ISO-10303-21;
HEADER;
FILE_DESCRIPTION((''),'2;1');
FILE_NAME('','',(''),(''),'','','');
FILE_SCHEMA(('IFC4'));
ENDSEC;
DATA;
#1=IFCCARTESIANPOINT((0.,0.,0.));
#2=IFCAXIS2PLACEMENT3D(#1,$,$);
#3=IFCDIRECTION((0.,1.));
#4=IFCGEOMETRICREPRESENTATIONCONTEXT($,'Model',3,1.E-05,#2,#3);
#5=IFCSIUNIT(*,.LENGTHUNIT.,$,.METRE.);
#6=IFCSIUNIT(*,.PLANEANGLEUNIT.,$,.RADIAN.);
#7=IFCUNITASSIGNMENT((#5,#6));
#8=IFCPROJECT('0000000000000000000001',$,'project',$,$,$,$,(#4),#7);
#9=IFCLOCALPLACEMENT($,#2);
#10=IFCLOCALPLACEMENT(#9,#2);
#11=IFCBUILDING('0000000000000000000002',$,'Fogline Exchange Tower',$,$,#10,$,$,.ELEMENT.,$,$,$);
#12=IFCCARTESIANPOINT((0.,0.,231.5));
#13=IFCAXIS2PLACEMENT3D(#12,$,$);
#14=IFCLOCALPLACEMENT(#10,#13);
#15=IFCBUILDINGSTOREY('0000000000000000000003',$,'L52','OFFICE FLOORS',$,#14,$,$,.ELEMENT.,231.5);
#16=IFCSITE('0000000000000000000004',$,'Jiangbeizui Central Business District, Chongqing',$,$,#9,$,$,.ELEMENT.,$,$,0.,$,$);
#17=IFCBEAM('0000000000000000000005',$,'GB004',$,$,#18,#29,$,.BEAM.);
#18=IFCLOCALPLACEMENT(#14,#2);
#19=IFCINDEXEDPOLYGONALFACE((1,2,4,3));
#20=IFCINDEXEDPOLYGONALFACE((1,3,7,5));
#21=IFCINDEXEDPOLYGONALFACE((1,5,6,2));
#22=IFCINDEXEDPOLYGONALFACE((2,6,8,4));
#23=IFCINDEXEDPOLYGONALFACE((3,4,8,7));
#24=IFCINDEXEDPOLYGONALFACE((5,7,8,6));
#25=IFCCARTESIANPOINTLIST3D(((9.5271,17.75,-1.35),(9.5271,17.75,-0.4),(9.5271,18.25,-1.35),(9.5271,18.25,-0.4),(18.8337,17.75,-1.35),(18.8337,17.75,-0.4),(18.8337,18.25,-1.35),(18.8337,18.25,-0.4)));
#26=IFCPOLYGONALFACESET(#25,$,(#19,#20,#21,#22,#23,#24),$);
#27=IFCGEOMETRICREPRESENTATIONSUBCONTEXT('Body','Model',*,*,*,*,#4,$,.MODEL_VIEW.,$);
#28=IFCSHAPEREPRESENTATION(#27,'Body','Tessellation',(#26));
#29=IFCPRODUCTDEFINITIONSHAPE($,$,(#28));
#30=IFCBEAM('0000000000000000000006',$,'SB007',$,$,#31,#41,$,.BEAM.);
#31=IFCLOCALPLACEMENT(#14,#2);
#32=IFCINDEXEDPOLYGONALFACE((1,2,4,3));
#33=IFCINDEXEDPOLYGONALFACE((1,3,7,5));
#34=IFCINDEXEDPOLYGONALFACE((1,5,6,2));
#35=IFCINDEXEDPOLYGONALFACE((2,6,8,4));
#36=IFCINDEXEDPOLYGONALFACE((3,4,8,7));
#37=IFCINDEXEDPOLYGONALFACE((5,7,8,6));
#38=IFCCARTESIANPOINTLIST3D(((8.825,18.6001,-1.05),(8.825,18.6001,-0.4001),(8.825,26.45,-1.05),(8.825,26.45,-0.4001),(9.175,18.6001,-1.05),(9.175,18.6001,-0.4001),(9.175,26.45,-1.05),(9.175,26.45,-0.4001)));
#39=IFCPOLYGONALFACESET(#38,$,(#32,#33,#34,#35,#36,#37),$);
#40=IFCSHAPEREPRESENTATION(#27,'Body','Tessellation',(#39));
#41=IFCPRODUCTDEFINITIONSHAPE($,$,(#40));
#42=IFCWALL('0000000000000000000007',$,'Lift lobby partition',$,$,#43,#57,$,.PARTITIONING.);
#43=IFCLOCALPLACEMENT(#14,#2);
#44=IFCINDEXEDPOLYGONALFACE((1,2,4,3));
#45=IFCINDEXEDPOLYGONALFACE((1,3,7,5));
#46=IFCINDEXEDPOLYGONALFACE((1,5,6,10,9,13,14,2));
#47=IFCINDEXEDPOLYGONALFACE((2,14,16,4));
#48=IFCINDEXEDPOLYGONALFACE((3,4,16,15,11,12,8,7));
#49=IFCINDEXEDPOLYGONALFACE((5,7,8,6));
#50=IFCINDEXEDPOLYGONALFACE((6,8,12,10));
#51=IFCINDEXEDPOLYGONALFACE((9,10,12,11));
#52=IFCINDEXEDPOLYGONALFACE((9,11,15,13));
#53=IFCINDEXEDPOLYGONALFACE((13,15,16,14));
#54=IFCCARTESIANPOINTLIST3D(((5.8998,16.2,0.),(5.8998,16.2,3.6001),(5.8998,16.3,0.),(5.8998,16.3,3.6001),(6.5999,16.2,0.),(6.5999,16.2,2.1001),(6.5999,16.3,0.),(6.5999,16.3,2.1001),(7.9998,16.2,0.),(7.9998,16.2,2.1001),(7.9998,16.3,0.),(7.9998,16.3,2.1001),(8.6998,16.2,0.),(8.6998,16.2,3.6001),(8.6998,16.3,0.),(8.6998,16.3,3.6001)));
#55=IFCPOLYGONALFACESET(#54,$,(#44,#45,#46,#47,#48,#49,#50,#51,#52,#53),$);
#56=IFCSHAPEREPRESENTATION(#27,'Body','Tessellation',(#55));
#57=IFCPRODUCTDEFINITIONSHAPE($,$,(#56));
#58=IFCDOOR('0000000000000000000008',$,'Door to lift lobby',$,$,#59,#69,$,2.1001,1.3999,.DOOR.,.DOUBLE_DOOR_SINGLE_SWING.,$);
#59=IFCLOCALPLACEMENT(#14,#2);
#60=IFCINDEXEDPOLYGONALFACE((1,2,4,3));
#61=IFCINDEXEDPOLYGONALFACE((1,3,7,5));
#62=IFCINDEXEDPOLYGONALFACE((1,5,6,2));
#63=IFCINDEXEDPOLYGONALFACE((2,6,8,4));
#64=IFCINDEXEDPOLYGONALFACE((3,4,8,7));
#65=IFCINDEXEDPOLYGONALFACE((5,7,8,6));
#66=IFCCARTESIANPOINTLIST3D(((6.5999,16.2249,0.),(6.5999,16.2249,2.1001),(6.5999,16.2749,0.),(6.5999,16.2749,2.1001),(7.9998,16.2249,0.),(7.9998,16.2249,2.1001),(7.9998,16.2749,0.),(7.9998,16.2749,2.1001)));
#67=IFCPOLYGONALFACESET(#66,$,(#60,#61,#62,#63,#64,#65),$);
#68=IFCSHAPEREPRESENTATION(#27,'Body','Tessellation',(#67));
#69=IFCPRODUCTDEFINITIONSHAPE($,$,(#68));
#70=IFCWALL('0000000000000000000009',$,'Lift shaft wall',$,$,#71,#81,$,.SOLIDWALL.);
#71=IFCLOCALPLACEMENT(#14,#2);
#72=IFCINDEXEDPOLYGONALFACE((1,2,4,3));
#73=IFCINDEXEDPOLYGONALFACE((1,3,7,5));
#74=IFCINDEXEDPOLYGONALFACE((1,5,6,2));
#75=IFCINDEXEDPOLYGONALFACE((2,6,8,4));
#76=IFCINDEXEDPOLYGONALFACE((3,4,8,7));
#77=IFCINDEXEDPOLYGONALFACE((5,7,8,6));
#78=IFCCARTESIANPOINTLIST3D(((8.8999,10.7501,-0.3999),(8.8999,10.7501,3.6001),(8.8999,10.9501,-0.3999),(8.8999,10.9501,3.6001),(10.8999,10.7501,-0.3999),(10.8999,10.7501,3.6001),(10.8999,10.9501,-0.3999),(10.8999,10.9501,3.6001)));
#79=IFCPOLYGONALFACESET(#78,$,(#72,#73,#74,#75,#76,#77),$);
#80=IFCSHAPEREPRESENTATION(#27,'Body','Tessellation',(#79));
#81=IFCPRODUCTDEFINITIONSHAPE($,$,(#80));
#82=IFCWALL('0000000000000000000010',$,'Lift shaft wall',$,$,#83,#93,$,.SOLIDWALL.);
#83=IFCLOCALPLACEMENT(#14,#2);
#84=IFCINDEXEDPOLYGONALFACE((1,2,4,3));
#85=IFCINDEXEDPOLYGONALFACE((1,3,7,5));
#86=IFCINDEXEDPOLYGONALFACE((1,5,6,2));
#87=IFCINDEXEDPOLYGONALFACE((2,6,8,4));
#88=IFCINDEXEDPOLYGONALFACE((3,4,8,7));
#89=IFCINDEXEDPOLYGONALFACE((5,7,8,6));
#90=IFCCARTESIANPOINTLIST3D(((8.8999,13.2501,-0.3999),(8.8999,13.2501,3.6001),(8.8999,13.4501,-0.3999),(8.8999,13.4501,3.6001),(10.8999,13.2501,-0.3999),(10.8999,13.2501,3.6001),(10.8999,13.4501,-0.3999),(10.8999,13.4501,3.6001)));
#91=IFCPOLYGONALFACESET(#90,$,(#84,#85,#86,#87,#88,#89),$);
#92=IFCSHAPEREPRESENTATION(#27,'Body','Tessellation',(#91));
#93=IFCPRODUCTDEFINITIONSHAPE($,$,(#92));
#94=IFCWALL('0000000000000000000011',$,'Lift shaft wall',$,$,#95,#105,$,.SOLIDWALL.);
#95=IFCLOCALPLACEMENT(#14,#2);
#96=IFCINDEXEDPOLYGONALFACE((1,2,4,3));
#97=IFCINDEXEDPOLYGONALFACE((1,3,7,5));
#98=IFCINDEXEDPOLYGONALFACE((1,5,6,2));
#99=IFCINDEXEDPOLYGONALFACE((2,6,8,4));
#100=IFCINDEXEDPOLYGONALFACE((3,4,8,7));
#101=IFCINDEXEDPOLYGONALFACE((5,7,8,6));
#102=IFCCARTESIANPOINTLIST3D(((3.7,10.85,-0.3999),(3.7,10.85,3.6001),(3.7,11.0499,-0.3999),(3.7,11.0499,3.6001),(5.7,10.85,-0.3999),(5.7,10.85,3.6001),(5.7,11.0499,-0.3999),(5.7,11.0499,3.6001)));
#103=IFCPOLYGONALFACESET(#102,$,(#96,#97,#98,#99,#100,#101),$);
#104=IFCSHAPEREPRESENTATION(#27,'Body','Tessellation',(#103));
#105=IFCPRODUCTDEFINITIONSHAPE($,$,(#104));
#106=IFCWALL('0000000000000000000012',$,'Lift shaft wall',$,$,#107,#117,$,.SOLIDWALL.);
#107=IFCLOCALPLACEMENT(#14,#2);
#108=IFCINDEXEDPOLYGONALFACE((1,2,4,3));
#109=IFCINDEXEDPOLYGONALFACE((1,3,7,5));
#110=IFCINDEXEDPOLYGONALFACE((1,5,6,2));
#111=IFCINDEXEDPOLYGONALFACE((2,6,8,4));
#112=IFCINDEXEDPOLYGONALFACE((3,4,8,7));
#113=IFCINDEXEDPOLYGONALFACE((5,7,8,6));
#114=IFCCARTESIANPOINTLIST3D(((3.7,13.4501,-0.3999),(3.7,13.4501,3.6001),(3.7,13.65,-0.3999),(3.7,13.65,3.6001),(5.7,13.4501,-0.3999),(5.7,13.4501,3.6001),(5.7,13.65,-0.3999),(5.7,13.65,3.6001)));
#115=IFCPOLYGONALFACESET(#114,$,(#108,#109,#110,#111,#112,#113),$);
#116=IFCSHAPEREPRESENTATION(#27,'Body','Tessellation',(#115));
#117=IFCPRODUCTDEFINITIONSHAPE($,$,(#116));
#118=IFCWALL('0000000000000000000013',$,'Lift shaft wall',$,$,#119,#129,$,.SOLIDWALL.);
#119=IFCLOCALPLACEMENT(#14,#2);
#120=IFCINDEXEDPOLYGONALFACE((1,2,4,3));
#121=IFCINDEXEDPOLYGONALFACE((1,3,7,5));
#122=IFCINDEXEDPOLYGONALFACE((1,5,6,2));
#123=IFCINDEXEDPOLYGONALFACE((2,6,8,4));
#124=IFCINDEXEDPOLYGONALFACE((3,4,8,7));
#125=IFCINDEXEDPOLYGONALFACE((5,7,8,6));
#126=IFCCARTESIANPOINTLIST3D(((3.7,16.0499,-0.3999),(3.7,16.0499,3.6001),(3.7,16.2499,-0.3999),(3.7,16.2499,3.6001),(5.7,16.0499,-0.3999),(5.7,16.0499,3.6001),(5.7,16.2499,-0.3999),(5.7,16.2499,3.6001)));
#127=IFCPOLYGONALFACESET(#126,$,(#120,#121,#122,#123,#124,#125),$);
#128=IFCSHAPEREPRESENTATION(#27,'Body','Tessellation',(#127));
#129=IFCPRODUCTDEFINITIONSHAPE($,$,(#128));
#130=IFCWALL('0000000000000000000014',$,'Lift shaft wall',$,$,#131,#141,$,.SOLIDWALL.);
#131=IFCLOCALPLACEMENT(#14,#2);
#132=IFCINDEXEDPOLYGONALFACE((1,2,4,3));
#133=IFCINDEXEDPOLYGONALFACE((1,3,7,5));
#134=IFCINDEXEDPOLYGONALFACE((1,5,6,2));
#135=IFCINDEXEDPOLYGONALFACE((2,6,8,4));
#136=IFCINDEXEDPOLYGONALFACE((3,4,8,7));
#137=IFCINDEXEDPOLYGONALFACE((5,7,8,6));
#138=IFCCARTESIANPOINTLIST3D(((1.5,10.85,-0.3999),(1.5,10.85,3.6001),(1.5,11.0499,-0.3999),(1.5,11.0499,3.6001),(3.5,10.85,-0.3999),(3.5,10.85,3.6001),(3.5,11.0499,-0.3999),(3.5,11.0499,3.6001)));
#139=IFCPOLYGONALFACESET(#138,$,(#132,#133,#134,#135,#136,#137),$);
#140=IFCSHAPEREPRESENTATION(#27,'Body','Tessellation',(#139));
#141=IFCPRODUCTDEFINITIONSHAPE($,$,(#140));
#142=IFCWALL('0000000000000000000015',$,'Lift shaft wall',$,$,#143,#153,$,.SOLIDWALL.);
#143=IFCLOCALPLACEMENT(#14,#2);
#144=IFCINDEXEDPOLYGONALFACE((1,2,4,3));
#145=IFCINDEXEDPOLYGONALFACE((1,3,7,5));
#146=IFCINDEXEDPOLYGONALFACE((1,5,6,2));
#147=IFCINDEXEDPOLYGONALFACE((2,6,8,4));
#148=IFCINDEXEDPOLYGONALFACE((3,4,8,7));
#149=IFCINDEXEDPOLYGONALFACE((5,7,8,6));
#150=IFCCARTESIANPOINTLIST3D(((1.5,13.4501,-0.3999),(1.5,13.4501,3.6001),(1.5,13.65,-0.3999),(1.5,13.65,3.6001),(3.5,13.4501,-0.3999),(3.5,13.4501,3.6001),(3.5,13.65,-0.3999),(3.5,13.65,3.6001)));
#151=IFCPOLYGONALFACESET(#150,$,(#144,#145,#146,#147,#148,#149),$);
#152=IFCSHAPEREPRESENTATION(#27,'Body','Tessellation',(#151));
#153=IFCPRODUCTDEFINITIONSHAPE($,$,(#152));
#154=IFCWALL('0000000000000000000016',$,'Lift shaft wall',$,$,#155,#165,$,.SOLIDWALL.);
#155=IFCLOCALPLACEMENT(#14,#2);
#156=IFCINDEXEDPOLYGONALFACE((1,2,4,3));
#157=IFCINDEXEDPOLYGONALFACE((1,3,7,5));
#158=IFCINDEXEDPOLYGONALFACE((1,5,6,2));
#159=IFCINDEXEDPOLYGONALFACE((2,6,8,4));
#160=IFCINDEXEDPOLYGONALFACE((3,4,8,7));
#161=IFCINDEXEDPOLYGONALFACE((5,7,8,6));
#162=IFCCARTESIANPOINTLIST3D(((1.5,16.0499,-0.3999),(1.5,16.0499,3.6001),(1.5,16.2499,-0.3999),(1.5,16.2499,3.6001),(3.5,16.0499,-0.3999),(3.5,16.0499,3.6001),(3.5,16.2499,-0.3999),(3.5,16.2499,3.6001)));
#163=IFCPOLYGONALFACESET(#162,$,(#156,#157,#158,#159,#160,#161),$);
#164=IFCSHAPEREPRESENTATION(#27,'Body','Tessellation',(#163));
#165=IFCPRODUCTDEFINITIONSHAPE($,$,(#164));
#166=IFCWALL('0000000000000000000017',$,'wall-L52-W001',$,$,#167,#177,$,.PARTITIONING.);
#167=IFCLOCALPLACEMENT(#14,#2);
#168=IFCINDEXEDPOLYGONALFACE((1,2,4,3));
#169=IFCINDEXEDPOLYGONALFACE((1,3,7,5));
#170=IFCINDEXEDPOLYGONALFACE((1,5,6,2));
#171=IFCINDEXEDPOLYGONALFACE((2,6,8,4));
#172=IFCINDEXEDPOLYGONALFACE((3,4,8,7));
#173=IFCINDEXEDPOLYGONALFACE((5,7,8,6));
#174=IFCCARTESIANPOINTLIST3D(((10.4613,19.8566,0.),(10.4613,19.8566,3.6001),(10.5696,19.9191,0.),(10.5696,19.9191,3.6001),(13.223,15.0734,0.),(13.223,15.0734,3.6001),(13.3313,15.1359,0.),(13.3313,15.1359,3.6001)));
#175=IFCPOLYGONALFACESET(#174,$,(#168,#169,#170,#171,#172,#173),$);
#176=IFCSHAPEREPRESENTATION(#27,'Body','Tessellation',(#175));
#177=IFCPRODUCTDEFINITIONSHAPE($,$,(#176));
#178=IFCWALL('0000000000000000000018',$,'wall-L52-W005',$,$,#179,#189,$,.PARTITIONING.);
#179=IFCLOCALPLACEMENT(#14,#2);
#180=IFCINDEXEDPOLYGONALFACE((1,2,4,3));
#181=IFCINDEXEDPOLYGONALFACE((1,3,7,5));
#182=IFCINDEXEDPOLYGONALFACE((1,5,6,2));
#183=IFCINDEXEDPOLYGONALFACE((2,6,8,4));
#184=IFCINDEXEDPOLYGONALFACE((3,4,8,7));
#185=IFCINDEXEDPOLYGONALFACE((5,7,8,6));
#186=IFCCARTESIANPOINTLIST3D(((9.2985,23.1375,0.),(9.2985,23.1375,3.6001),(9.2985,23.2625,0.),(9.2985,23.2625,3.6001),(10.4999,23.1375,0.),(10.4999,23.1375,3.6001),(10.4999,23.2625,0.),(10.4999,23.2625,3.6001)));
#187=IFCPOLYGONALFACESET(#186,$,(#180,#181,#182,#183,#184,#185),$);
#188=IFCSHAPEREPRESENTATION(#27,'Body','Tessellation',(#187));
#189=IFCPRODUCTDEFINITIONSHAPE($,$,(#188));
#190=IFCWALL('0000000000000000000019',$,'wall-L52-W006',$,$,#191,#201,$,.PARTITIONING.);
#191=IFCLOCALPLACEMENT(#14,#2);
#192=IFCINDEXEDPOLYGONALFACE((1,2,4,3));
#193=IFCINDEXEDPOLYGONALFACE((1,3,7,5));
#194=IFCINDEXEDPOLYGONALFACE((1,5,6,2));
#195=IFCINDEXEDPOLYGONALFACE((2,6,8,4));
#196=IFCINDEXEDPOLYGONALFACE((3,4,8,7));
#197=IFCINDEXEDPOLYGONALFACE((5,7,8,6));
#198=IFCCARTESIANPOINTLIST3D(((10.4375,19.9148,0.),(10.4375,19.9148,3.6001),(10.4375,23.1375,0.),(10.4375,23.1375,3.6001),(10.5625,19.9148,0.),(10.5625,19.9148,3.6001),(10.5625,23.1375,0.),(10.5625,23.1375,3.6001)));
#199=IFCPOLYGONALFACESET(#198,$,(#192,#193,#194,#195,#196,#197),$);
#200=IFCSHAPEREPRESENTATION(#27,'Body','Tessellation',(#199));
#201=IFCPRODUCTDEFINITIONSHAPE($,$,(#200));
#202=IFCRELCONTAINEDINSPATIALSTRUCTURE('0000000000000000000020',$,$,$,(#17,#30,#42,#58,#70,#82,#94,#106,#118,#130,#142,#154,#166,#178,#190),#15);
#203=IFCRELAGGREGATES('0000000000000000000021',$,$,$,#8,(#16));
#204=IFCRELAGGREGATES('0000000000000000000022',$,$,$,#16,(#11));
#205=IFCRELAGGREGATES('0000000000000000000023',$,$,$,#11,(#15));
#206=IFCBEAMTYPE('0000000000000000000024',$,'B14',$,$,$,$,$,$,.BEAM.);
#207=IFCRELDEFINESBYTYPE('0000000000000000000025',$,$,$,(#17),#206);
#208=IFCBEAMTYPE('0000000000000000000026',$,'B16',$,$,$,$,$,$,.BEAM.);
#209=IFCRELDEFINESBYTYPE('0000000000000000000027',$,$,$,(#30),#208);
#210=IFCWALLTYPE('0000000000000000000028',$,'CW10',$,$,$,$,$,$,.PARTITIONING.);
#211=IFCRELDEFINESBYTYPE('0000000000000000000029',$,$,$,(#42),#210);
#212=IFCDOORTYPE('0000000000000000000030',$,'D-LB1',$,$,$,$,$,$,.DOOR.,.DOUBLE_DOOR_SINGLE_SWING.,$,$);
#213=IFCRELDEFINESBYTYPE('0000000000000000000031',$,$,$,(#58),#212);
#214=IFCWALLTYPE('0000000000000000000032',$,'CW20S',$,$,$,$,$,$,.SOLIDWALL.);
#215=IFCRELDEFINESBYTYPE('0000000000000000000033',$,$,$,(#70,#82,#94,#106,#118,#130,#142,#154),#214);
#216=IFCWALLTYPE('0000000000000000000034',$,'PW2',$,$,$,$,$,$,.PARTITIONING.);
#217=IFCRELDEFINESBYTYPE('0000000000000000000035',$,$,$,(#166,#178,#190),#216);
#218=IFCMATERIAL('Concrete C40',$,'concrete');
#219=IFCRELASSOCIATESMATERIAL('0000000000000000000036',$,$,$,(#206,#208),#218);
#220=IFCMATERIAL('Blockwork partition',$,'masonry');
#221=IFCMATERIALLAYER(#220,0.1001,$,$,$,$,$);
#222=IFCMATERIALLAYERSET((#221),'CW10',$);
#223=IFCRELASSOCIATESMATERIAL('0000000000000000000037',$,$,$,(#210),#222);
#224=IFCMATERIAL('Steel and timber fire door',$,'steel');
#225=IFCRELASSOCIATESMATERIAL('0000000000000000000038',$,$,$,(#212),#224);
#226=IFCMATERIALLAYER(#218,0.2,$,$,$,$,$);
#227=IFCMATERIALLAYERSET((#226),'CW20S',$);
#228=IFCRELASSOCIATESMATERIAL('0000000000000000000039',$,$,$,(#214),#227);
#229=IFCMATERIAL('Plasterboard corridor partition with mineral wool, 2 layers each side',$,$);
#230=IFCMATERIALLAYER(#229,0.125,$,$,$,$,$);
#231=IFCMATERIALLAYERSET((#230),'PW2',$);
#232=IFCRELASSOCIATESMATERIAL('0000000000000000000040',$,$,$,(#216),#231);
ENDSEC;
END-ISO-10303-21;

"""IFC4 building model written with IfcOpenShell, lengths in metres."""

from ifc_helpers import new_model, si_unit, direction, frame, frame_2d, origin, origin_2d, place, context, subcontext, project, spatial, rectangle, extrude, material, layer, layer_set, material_profile, profile_set, type_object, element, fill, save


model = new_model("IFC4")

# Units and contexts
model_context = context("Model", 3, precision=1e-05, world=origin(), true_north=direction((0.0, 1.0)))
body_context = subcontext(model_context, "Body", "Model", "MODEL_VIEW")
ifc_project = project(units=[si_unit("LENGTHUNIT", "METRE"), si_unit("PLANEANGLEUNIT", "RADIAN")], contexts=[model_context])

# Site, building, storey
site_placement = place(None, origin())
site = spatial("IfcSite", under=ifc_project, at=site_placement, Name="Jiangbeizui Central Business District, Chongqing", CompositionType="ELEMENT", RefElevation=0.0)
building_placement = place(site_placement, origin())
building = spatial("IfcBuilding", under=site, at=building_placement, Name="Fogline Exchange Tower", CompositionType="ELEMENT")
storey_placement = place(building_placement, frame((0.0, 0.0, 231.5)))
storey = spatial("IfcBuildingStorey", under=building, at=storey_placement, Name="L52", Description="OFFICE FLOORS", CompositionType="ELEMENT", Elevation=231.5)

# Beams
ifc_material_1 = material(Name="Concrete C40", Category="concrete")
ifc_material_profile_1 = material_profile(ifc_material_1, rectangle(XDim=0.5, YDim=0.95, at=origin_2d()), Name="RC 500x950")
ifc_profile_set_1 = profile_set([ifc_material_profile_1], Name="Concrete C40")
beam_type_1 = type_object("IfcBeamType", Name="B14", PredefinedType="BEAM", material=ifc_profile_set_1)
beam_1_placement = place(storey_placement, frame((9.5271, 18.0, -0.875), z_axis=(1.0, 0.0, 0.0), x_axis=(0.0, 1.0, 0.0)))
element("IfcBeam", 1, at=beam_1_placement, inside=storey, type_object=beam_type_1, Name="GB004", PredefinedType="BEAM", context=body_context, shape_type="SweptSolid", body=[
    extrude(rectangle(XDim=0.5, YDim=0.95, at=origin_2d()), origin(), (0.0, 0.0, 1.0), 9.3066),
])
ifc_material_profile_2 = material_profile(ifc_material_1, rectangle(XDim=0.3501, YDim=0.6499, at=origin_2d()), Name="RC 350x650")
ifc_profile_set_2 = profile_set([ifc_material_profile_2], Name="Concrete C40")
beam_type_2 = type_object("IfcBeamType", Name="B16", PredefinedType="BEAM", material=ifc_profile_set_2)
beam_2_placement = place(storey_placement, frame((9.0, 18.6001, -0.7251), z_axis=(0.0, 1.0, 0.0), x_axis=(-1.0, 0.0, 0.0)))
element("IfcBeam", 2, at=beam_2_placement, inside=storey, type_object=beam_type_2, Name="SB007", PredefinedType="BEAM", context=body_context, shape_type="SweptSolid", body=[
    extrude(rectangle(XDim=0.3501, YDim=0.6499, at=origin_2d()), origin(), (0.0, 0.0, 1.0), 7.8499),
])

# Wall, opening, door
ifc_material_2 = material(Name="Blockwork partition", Category="masonry")
ifc_layer_1 = layer(ifc_material_2, 0.1001)
ifc_layer_set_1 = layer_set([ifc_layer_1], Name="CW10")
wall_type_1 = type_object("IfcWallType", Name="CW10", PredefinedType="PARTITIONING", material=ifc_layer_set_1)
wall_1_placement = place(storey_placement, frame((5.8999, 16.25, 0.0), z_axis=(0.0, 0.0, 1.0), x_axis=(1.0, 0.0, 0.0)))
wall_1 = element("IfcWall", 3, at=wall_1_placement, inside=storey, type_object=wall_type_1, Name="Lift lobby partition", PredefinedType="PARTITIONING", context=body_context, shape_type="SweptSolid", body=[
    extrude(rectangle(XDim=2.8, YDim=0.1001, at=frame_2d((1.3999, 0.0))), origin(), (0.0, 0.0, 1.0), 3.6001),
])
opening_1_placement = place(wall_1_placement, frame((0.7, 0.0, 0.0)))
opening_1 = element("IfcOpeningElement", 4, at=opening_1_placement, cuts=wall_1, PredefinedType="OPENING", context=body_context, shape_type="SweptSolid", body=[
    extrude(rectangle(XDim=1.3999, YDim=2.1001, at=frame_2d((0.7, 1.05))), frame((0.0, 0.0601, 0.0), z_axis=(0.0, -1.0, 0.0), x_axis=(1.0, 0.0, 0.0)), (0.0, 0.0, 1.0), 0.1201),
])
ifc_material_3 = material(Name="Steel and timber fire door", Category="steel")
door_type_1 = type_object("IfcDoorType", Name="D-LB1", OperationType="DOUBLE_DOOR_SINGLE_SWING", PredefinedType="DOOR", material=ifc_material_3)
door_1_placement = place(opening_1_placement, origin())
door_1 = element("IfcDoor", 5, at=door_1_placement, inside=storey, type_object=door_type_1, Name="Door to lift lobby", OperationType="DOUBLE_DOOR_SINGLE_SWING", OverallHeight=2.1001, OverallWidth=1.3999, PredefinedType="DOOR", context=body_context, shape_type="SweptSolid", body=[
    extrude(rectangle(XDim=1.3999, YDim=2.1001, at=frame_2d((0.7, 1.05))), frame((0.0, 0.0249, 0.0), z_axis=(0.0, -1.0, 0.0), x_axis=(1.0, 0.0, 0.0)), (0.0, 0.0, 1.0), 0.05),
])
fill(opening_1, door_1)

# Walls
ifc_layer_2 = layer(ifc_material_1, 0.2)
ifc_layer_set_2 = layer_set([ifc_layer_2], Name="CW20S")
wall_type_2 = type_object("IfcWallType", Name="CW20S", PredefinedType="SOLIDWALL", material=ifc_layer_set_2)
for number, where, z_axis, x_axis, name in (
    (6, (8.8999, 10.8501, -0.3999), (0.0, 0.0, 1.0), (1.0, 0.0, 0.0), "Lift shaft wall"),
    (7, (8.8999, 13.3501, -0.3999), (0.0, 0.0, 1.0), (1.0, 0.0, 0.0), "Lift shaft wall"),
    (8, (3.7, 10.95, -0.3999), (0.0, 0.0, 1.0), (1.0, 0.0, 0.0), "Lift shaft wall"),
    (9, (3.7, 13.55, -0.3999), (0.0, 0.0, 1.0), (1.0, 0.0, 0.0), "Lift shaft wall"),
    (10, (3.7, 16.1499, -0.3999), (0.0, 0.0, 1.0), (1.0, 0.0, 0.0), "Lift shaft wall"),
    (11, (1.5, 10.95, -0.3999), (0.0, 0.0, 1.0), (1.0, 0.0, 0.0), "Lift shaft wall"),
    (12, (1.5, 13.55, -0.3999), (0.0, 0.0, 1.0), (1.0, 0.0, 0.0), "Lift shaft wall"),
    (13, (1.5, 16.1499, -0.3999), (0.0, 0.0, 1.0), (1.0, 0.0, 0.0), "Lift shaft wall"),
):
    element("IfcWall", number, at=place(storey_placement, frame(where, z_axis=z_axis, x_axis=x_axis)), inside=storey, type_object=wall_type_2, Name=name, PredefinedType="SOLIDWALL", context=body_context, shape_type="SweptSolid", body=[
        extrude(rectangle(XDim=2.0, YDim=0.2, at=frame_2d((1.0, 0.0))), origin(), (0.0, 0.0, 1.0), 4.0),
    ])
ifc_material_4 = material(Name="Plasterboard corridor partition with mineral wool, 2 layers each side")
ifc_layer_3 = layer(ifc_material_4, 0.125)
ifc_layer_set_3 = layer_set([ifc_layer_3], Name="PW2")
wall_type_3 = type_object("IfcWallType", Name="PW2", PredefinedType="PARTITIONING", material=ifc_layer_set_3)
wall_2_placement = place(storey_placement, frame((10.5154, 19.8879, 0.0), z_axis=(0.0, 0.0, 1.0), x_axis=(0.500018, -0.866015, 0.0)))
element("IfcWall", 14, at=wall_2_placement, inside=storey, type_object=wall_type_3, Name="wall-L52-W001", PredefinedType="PARTITIONING", context=body_context, shape_type="SweptSolid", body=[
    extrude(rectangle(XDim=5.5232, YDim=0.125, at=frame_2d((2.7617, 0.0))), origin(), (0.0, 0.0, 1.0), 3.6001),
])
wall_3_placement = place(storey_placement, frame((9.2986, 23.2, 0.0), z_axis=(0.0, 0.0, 1.0), x_axis=(1.0, 0.0, 0.0)))
element("IfcWall", 15, at=wall_3_placement, inside=storey, type_object=wall_type_3, Name="wall-L52-W005", PredefinedType="PARTITIONING", context=body_context, shape_type="SweptSolid", body=[
    extrude(rectangle(XDim=1.2014, YDim=0.125, at=frame_2d((0.6006, 0.0))), origin(), (0.0, 0.0, 1.0), 3.6001),
])
wall_4_placement = place(storey_placement, frame((10.5, 23.1375, 0.0), z_axis=(0.0, 0.0, 1.0), x_axis=(0.0, -1.0, 0.0)))
element("IfcWall", 16, at=wall_4_placement, inside=storey, type_object=wall_type_3, Name="wall-L52-W006", PredefinedType="PARTITIONING", context=body_context, shape_type="SweptSolid", body=[
    extrude(rectangle(XDim=3.2227, YDim=0.125, at=frame_2d((1.6113, 0.0))), origin(), (0.0, 0.0, 1.0), 3.6001),
])

save(model, "model.ifc")
